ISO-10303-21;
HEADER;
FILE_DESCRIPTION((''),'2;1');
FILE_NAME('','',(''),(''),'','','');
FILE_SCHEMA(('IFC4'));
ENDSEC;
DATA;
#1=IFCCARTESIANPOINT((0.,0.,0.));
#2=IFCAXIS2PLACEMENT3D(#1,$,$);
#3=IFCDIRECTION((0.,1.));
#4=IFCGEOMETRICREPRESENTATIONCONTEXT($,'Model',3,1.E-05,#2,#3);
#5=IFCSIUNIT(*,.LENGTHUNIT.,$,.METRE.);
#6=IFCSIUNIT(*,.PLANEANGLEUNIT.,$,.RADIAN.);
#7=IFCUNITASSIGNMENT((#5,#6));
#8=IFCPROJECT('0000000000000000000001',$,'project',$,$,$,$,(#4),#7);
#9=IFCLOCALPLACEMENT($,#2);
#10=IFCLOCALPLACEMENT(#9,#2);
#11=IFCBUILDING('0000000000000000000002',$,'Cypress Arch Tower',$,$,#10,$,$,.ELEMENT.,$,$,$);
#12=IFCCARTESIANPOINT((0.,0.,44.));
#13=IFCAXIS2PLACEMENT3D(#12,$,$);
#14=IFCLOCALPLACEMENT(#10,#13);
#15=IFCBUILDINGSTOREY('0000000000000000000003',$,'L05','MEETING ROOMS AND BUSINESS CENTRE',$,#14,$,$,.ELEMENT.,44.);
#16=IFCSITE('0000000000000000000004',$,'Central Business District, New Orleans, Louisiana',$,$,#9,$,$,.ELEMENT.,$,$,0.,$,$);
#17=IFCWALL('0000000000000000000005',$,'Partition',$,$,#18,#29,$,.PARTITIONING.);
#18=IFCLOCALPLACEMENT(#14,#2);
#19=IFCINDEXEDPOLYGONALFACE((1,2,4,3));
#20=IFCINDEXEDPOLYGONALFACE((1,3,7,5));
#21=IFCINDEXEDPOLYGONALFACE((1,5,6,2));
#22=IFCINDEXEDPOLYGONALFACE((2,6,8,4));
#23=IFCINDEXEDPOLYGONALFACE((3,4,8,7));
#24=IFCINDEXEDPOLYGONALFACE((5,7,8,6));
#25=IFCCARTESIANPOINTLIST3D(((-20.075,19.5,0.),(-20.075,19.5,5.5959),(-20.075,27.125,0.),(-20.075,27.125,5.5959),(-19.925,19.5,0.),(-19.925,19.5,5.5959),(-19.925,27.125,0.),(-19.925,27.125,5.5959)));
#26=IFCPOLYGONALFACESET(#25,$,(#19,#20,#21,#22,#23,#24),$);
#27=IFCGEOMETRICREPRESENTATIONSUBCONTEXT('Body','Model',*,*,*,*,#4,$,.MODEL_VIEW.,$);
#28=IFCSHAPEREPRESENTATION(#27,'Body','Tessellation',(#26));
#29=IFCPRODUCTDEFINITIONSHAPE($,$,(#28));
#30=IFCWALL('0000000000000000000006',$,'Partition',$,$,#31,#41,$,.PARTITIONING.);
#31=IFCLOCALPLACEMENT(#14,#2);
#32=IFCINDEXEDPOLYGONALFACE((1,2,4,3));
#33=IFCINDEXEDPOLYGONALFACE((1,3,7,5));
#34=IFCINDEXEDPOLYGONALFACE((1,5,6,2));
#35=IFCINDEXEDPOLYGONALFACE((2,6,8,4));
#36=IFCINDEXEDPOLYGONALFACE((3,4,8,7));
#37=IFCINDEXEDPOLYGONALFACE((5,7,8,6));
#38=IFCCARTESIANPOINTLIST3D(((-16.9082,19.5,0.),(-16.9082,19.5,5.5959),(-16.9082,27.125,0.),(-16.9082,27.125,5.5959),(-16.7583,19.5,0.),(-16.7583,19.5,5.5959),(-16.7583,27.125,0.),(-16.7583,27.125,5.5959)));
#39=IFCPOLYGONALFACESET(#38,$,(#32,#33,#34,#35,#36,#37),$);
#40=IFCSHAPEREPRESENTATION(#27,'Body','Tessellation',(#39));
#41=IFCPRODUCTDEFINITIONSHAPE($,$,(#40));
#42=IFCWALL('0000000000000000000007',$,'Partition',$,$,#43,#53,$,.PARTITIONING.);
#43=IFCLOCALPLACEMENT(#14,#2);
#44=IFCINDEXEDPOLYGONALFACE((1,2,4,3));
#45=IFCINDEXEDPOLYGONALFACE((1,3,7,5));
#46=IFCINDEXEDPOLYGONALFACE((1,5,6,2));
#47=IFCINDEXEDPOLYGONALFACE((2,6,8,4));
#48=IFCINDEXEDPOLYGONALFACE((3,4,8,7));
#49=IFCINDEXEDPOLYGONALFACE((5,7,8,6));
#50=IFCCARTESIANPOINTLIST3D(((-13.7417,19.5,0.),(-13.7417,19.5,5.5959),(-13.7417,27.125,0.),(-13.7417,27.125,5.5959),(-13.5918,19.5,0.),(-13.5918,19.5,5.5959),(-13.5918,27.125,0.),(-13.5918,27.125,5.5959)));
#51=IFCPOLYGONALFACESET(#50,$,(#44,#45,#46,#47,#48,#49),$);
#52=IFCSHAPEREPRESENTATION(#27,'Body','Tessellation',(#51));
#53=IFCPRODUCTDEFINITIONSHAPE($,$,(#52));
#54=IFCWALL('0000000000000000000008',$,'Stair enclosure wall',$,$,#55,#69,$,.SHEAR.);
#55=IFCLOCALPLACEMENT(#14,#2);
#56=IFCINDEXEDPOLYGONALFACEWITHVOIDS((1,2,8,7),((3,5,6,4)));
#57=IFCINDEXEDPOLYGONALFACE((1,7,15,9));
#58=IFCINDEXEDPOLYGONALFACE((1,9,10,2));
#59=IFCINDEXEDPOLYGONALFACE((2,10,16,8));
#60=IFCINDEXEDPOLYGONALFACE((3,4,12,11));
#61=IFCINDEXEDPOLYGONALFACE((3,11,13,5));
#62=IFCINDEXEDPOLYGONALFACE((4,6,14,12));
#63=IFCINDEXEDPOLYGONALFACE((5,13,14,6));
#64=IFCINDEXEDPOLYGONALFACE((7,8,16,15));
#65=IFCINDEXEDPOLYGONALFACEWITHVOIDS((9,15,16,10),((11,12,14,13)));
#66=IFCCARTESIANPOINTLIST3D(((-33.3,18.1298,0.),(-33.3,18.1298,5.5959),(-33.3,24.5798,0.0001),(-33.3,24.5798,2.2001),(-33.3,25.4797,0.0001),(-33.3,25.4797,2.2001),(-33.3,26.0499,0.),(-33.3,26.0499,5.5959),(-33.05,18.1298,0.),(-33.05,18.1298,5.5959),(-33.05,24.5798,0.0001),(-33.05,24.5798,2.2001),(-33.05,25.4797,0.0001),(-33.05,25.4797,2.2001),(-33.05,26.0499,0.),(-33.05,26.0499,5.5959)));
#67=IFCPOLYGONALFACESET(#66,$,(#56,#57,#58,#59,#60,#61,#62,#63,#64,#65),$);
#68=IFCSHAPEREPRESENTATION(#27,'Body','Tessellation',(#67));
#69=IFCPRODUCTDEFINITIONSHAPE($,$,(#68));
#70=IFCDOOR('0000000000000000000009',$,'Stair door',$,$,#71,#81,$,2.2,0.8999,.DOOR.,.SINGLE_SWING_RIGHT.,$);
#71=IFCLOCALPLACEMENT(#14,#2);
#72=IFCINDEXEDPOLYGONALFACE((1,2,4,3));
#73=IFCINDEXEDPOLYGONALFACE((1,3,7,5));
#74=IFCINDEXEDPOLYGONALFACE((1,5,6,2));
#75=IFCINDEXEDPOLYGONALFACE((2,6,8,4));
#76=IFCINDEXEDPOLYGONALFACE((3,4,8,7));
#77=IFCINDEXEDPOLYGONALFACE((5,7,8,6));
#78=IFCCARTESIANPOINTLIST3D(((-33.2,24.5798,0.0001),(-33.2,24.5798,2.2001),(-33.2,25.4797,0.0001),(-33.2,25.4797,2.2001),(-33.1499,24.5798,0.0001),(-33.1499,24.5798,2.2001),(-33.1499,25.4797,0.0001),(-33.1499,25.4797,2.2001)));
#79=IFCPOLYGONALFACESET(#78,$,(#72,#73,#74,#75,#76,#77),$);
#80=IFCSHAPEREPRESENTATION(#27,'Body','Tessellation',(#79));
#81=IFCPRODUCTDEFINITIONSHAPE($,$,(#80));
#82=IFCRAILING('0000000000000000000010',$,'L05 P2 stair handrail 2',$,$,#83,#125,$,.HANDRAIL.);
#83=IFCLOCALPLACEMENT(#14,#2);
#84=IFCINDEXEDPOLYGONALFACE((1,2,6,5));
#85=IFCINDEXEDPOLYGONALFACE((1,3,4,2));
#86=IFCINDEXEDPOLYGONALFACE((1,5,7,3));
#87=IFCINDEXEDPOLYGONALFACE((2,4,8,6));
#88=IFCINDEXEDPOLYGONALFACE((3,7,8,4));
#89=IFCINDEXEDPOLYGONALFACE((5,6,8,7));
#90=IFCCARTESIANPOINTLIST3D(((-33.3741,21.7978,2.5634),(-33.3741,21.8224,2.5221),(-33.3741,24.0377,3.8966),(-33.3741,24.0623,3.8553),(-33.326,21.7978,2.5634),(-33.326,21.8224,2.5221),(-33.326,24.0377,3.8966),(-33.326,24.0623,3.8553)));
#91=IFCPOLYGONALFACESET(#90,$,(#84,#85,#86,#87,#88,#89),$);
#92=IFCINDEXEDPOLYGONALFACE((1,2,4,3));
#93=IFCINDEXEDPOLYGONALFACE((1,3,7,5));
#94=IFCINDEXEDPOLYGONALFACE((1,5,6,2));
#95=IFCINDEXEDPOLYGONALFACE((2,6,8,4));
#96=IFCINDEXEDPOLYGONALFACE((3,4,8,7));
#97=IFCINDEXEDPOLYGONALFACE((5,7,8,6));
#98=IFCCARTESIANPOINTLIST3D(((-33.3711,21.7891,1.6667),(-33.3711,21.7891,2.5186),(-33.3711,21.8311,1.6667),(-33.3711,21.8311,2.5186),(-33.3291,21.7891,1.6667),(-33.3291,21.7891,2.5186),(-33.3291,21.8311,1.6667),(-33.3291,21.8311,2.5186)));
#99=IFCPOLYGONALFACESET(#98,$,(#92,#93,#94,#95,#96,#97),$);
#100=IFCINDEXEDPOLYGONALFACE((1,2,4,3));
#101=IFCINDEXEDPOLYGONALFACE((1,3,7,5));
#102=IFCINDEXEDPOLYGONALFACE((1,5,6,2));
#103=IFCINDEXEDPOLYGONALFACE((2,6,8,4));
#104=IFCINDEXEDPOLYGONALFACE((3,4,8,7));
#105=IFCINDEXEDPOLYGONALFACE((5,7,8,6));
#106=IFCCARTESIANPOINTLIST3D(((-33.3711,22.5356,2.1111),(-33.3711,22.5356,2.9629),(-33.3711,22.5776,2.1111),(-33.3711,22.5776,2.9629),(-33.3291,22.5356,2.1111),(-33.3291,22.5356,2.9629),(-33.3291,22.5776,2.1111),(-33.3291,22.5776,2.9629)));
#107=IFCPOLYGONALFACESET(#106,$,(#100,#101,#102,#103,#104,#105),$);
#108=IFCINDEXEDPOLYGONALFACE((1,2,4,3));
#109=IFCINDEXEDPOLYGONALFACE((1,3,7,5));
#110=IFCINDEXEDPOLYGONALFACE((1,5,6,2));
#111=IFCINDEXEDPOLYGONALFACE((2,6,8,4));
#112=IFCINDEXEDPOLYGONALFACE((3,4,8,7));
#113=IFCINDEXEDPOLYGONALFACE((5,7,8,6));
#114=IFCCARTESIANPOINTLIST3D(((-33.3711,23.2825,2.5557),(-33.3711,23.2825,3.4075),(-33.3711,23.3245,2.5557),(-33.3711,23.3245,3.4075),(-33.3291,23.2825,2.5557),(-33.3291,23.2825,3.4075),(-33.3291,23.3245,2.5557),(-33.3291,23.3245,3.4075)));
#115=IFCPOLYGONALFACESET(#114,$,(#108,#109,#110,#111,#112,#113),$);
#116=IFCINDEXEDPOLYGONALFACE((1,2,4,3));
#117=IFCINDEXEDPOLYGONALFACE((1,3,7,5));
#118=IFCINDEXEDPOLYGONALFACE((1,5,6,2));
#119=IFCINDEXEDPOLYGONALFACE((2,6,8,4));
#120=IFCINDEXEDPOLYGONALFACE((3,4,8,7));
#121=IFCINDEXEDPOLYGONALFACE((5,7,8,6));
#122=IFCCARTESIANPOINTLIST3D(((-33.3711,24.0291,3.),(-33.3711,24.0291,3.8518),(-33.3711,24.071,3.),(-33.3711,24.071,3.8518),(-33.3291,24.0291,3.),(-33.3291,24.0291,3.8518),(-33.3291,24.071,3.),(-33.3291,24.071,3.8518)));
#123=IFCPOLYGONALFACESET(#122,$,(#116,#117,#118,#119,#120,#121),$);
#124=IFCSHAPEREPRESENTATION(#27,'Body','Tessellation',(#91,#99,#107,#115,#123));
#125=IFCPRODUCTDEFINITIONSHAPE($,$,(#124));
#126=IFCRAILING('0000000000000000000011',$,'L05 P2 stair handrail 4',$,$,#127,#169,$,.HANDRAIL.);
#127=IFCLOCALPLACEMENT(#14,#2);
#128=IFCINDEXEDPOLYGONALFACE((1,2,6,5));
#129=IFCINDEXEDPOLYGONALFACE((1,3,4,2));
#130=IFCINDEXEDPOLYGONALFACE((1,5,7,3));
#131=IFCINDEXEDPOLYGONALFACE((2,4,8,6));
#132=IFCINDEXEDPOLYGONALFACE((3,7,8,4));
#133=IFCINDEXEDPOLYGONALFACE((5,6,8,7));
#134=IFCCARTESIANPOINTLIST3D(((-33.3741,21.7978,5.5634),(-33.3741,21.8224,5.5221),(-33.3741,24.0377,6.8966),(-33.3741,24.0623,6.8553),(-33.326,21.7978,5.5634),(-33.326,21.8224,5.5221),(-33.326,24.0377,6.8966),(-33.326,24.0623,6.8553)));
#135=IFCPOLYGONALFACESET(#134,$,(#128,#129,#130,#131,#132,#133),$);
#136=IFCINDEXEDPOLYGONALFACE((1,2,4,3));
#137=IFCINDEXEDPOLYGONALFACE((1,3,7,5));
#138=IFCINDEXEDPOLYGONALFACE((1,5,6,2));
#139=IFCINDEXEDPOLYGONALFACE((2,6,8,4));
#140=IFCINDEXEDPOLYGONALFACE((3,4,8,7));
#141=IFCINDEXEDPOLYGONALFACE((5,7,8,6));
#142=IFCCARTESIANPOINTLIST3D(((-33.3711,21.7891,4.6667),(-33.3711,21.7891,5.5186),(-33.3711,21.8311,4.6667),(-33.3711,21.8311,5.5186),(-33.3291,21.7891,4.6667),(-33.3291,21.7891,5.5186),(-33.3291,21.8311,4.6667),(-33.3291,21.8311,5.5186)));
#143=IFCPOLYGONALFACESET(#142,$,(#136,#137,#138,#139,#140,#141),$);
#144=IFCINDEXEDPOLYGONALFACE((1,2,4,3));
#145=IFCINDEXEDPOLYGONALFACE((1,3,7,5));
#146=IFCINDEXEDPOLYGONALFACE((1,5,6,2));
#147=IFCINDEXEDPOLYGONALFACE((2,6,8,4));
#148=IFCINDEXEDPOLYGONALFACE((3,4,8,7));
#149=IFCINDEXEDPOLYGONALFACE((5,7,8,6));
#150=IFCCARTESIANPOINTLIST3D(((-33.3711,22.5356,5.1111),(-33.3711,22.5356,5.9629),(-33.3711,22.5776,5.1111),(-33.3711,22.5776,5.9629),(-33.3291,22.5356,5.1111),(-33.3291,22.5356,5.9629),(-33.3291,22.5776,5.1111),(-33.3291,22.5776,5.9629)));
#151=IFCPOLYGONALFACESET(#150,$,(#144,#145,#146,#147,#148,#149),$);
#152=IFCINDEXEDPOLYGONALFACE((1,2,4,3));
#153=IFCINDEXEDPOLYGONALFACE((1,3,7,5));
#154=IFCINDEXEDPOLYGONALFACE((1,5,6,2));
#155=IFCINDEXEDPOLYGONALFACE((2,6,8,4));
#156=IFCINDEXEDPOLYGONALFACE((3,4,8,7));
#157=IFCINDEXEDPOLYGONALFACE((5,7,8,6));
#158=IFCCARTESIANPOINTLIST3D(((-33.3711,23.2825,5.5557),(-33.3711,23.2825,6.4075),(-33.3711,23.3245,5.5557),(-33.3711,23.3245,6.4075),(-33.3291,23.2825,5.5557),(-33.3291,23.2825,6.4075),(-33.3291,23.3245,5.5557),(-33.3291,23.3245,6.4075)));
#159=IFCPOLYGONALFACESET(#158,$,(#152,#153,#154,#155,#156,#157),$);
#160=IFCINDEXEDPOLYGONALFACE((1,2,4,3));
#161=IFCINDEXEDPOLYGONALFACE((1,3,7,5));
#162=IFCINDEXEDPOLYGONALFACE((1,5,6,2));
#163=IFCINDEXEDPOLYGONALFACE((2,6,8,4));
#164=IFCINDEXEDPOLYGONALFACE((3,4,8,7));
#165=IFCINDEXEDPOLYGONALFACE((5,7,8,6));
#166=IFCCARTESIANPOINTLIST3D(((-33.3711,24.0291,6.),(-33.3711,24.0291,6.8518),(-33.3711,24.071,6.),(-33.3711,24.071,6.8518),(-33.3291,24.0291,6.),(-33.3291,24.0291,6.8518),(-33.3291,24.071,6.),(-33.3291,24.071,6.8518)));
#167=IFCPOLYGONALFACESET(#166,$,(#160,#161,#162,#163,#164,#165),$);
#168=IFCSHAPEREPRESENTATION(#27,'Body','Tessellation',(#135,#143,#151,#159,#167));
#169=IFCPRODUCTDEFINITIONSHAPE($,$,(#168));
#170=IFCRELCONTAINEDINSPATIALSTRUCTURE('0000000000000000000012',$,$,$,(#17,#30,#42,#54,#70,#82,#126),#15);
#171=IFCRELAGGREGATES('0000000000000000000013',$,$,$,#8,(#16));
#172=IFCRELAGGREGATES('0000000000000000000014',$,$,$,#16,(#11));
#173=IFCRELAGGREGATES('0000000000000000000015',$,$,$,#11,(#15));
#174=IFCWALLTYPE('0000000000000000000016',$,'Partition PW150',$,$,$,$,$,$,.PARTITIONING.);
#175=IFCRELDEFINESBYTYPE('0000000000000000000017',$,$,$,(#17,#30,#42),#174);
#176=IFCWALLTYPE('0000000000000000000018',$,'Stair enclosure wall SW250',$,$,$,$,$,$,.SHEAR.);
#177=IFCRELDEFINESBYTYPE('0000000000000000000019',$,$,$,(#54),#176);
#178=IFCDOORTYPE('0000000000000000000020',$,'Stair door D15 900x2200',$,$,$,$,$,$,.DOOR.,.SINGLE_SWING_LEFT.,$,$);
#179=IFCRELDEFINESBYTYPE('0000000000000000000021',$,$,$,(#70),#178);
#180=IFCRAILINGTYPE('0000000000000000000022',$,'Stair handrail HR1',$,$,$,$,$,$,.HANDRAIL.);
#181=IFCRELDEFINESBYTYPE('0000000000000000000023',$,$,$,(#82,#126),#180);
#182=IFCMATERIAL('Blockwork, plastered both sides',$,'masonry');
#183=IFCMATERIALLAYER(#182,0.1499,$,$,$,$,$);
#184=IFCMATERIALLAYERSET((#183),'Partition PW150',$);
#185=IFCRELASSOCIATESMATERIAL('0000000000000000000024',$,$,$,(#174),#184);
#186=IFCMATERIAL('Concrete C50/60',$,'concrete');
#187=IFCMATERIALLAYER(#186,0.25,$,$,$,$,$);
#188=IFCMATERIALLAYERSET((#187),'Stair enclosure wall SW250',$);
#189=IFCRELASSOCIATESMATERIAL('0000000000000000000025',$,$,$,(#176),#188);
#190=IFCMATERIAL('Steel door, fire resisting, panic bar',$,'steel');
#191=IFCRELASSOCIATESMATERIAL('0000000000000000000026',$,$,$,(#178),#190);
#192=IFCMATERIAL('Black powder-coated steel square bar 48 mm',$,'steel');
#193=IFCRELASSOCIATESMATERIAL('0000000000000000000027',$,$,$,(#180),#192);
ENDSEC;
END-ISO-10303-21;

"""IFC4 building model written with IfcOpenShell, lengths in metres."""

from ifc_helpers import new_model, si_unit, direction, frame, frame_2d, origin, origin_2d, place, context, subcontext, project, spatial, rectangle, extrude, material, layer, layer_set, type_object, element, fill, save


model = new_model("IFC4")

# Units and contexts
model_context = context("Model", 3, precision=1e-05, world=origin(), true_north=direction((0.0, 1.0)))
body_context = subcontext(model_context, "Body", "Model", "MODEL_VIEW")
ifc_project = project(units=[si_unit("LENGTHUNIT", "METRE"), si_unit("PLANEANGLEUNIT", "RADIAN")], contexts=[model_context])

# Site, building, storey
site_placement = place(None, origin())
site = spatial("IfcSite", under=ifc_project, at=site_placement, Name="Central Business District, New Orleans, Louisiana", CompositionType="ELEMENT", RefElevation=0.0)
building_placement = place(site_placement, origin())
building = spatial("IfcBuilding", under=site, at=building_placement, Name="Cypress Arch Tower", CompositionType="ELEMENT")
storey_placement = place(building_placement, frame((0.0, 0.0, 44.0)))
storey = spatial("IfcBuildingStorey", under=building, at=storey_placement, Name="L05", Description="MEETING ROOMS AND BUSINESS CENTRE", CompositionType="ELEMENT", Elevation=44.0)

# Walls
ifc_material_1 = material(Name="Blockwork, plastered both sides", Category="masonry")
ifc_layer_1 = layer(ifc_material_1, 0.1499)
ifc_layer_set_1 = layer_set([ifc_layer_1], Name="Partition PW150")
wall_type_1 = type_object("IfcWallType", Name="Partition PW150", PredefinedType="PARTITIONING", material=ifc_layer_set_1)
for number, where, z_axis, x_axis, name in (
    (1, (-20.0, 19.5, 0.0), (0.0, 0.0, 1.0), (0.0, 1.0, 0.0), "Partition"),
    (2, (-16.8333, 19.5, 0.0), (0.0, 0.0, 1.0), (0.0, 1.0, 0.0), "Partition"),
    (3, (-13.6667, 19.5, 0.0), (0.0, 0.0, 1.0), (0.0, 1.0, 0.0), "Partition"),
):
    element("IfcWall", number, at=place(storey_placement, frame(where, z_axis=z_axis, x_axis=x_axis)), inside=storey, type_object=wall_type_1, Name=name, PredefinedType="PARTITIONING", context=body_context, shape_type="SweptSolid", body=[
        extrude(rectangle(XDim=7.625, YDim=0.1499, at=frame_2d((3.8125, 0.0))), origin(), (0.0, 0.0, 1.0), 5.5959),
    ])

# Wall, opening, door
ifc_material_2 = material(Name="Concrete C50/60", Category="concrete")
ifc_layer_2 = layer(ifc_material_2, 0.25)
ifc_layer_set_2 = layer_set([ifc_layer_2], Name="Stair enclosure wall SW250")
wall_type_2 = type_object("IfcWallType", Name="Stair enclosure wall SW250", PredefinedType="SHEAR", material=ifc_layer_set_2)
wall_1_placement = place(storey_placement, frame((-33.175, 18.1299, 0.0), z_axis=(0.0, 0.0, 1.0), x_axis=(0.0, 1.0, 0.0)))
wall_1 = element("IfcWall", 4, at=wall_1_placement, inside=storey, type_object=wall_type_2, Name="Stair enclosure wall", PredefinedType="SHEAR", context=body_context, shape_type="SweptSolid", body=[
    extrude(rectangle(XDim=7.9202, YDim=0.25, at=frame_2d((3.96, 0.0))), origin(), (0.0, 0.0, 1.0), 5.5959),
])
opening_1_placement = place(wall_1_placement, frame((6.45, 0.0, 0.0)))
opening_1 = element("IfcOpeningElement", 5, at=opening_1_placement, cuts=wall_1, PredefinedType="OPENING", context=body_context, shape_type="SweptSolid", body=[
    extrude(rectangle(XDim=0.8999, YDim=2.2, at=frame_2d((0.45, 1.1001))), frame((0.0, 0.135, 0.0), z_axis=(0.0, -1.0, 0.0), x_axis=(1.0, 0.0, 0.0)), (0.0, 0.0, 1.0), 0.27),
])
ifc_material_3 = material(Name="Steel door, fire resisting, panic bar", Category="steel")
door_type_1 = type_object("IfcDoorType", Name="Stair door D15 900x2200", OperationType="SINGLE_SWING_LEFT", PredefinedType="DOOR", material=ifc_material_3)
door_1_placement = place(opening_1_placement, origin())
door_1 = element("IfcDoor", 6, at=door_1_placement, inside=storey, type_object=door_type_1, Name="Stair door", OperationType="SINGLE_SWING_RIGHT", OverallHeight=2.2, OverallWidth=0.8999, PredefinedType="DOOR", context=body_context, shape_type="SweptSolid", body=[
    extrude(rectangle(XDim=0.8999, YDim=2.2, at=frame_2d((0.45, 1.1001))), frame((0.0, 0.0249, 0.0), z_axis=(0.0, -1.0, 0.0), x_axis=(1.0, 0.0, 0.0)), (0.0, 0.0, 1.0), 0.05),
])
fill(opening_1, door_1)

# Railings
ifc_material_4 = material(Name="Black powder-coated steel square bar 48 mm", Category="steel")
railing_type = type_object("IfcRailingType", Name="Stair handrail HR1", PredefinedType="HANDRAIL", material=ifc_material_4)
for number, where, name in (
    (7, (-33.3501, 21.8101, 1.6667), "L05 P2 stair handrail 2"),
    (8, (-33.3501, 21.8101, 4.6667), "L05 P2 stair handrail 4"),
):
    element("IfcRailing", number, at=place(storey_placement, frame(where)), inside=storey, type_object=railing_type, Name=name, PredefinedType="HANDRAIL", context=body_context, shape_type="SweptSolid", body=[
        extrude(rectangle(XDim=0.0481, YDim=0.0481, at=origin_2d()), frame((0.0, 0.0, 0.876), z_axis=(0.0, 0.859306, 0.511462), x_axis=(-1.0, 0.0, 0.0)), (0.0, 0.0, 1.0), 2.6067),
        extrude(rectangle(XDim=0.042, YDim=0.042, at=origin_2d()), origin(), (0.0, 0.0, 1.0), 0.8518),
        extrude(rectangle(XDim=0.042, YDim=0.042, at=origin_2d()), frame((0.0, 0.7466, 0.4443)), (0.0, 0.0, 1.0), 0.8518),
        extrude(rectangle(XDim=0.042, YDim=0.042, at=origin_2d()), frame((0.0, 1.4934, 0.8889)), (0.0, 0.0, 1.0), 0.8518),
        extrude(rectangle(XDim=0.042, YDim=0.042, at=origin_2d()), frame((0.0, 2.24, 1.3333)), (0.0, 0.0, 1.0), 0.8518),
    ])

save(model, "model.ifc")
